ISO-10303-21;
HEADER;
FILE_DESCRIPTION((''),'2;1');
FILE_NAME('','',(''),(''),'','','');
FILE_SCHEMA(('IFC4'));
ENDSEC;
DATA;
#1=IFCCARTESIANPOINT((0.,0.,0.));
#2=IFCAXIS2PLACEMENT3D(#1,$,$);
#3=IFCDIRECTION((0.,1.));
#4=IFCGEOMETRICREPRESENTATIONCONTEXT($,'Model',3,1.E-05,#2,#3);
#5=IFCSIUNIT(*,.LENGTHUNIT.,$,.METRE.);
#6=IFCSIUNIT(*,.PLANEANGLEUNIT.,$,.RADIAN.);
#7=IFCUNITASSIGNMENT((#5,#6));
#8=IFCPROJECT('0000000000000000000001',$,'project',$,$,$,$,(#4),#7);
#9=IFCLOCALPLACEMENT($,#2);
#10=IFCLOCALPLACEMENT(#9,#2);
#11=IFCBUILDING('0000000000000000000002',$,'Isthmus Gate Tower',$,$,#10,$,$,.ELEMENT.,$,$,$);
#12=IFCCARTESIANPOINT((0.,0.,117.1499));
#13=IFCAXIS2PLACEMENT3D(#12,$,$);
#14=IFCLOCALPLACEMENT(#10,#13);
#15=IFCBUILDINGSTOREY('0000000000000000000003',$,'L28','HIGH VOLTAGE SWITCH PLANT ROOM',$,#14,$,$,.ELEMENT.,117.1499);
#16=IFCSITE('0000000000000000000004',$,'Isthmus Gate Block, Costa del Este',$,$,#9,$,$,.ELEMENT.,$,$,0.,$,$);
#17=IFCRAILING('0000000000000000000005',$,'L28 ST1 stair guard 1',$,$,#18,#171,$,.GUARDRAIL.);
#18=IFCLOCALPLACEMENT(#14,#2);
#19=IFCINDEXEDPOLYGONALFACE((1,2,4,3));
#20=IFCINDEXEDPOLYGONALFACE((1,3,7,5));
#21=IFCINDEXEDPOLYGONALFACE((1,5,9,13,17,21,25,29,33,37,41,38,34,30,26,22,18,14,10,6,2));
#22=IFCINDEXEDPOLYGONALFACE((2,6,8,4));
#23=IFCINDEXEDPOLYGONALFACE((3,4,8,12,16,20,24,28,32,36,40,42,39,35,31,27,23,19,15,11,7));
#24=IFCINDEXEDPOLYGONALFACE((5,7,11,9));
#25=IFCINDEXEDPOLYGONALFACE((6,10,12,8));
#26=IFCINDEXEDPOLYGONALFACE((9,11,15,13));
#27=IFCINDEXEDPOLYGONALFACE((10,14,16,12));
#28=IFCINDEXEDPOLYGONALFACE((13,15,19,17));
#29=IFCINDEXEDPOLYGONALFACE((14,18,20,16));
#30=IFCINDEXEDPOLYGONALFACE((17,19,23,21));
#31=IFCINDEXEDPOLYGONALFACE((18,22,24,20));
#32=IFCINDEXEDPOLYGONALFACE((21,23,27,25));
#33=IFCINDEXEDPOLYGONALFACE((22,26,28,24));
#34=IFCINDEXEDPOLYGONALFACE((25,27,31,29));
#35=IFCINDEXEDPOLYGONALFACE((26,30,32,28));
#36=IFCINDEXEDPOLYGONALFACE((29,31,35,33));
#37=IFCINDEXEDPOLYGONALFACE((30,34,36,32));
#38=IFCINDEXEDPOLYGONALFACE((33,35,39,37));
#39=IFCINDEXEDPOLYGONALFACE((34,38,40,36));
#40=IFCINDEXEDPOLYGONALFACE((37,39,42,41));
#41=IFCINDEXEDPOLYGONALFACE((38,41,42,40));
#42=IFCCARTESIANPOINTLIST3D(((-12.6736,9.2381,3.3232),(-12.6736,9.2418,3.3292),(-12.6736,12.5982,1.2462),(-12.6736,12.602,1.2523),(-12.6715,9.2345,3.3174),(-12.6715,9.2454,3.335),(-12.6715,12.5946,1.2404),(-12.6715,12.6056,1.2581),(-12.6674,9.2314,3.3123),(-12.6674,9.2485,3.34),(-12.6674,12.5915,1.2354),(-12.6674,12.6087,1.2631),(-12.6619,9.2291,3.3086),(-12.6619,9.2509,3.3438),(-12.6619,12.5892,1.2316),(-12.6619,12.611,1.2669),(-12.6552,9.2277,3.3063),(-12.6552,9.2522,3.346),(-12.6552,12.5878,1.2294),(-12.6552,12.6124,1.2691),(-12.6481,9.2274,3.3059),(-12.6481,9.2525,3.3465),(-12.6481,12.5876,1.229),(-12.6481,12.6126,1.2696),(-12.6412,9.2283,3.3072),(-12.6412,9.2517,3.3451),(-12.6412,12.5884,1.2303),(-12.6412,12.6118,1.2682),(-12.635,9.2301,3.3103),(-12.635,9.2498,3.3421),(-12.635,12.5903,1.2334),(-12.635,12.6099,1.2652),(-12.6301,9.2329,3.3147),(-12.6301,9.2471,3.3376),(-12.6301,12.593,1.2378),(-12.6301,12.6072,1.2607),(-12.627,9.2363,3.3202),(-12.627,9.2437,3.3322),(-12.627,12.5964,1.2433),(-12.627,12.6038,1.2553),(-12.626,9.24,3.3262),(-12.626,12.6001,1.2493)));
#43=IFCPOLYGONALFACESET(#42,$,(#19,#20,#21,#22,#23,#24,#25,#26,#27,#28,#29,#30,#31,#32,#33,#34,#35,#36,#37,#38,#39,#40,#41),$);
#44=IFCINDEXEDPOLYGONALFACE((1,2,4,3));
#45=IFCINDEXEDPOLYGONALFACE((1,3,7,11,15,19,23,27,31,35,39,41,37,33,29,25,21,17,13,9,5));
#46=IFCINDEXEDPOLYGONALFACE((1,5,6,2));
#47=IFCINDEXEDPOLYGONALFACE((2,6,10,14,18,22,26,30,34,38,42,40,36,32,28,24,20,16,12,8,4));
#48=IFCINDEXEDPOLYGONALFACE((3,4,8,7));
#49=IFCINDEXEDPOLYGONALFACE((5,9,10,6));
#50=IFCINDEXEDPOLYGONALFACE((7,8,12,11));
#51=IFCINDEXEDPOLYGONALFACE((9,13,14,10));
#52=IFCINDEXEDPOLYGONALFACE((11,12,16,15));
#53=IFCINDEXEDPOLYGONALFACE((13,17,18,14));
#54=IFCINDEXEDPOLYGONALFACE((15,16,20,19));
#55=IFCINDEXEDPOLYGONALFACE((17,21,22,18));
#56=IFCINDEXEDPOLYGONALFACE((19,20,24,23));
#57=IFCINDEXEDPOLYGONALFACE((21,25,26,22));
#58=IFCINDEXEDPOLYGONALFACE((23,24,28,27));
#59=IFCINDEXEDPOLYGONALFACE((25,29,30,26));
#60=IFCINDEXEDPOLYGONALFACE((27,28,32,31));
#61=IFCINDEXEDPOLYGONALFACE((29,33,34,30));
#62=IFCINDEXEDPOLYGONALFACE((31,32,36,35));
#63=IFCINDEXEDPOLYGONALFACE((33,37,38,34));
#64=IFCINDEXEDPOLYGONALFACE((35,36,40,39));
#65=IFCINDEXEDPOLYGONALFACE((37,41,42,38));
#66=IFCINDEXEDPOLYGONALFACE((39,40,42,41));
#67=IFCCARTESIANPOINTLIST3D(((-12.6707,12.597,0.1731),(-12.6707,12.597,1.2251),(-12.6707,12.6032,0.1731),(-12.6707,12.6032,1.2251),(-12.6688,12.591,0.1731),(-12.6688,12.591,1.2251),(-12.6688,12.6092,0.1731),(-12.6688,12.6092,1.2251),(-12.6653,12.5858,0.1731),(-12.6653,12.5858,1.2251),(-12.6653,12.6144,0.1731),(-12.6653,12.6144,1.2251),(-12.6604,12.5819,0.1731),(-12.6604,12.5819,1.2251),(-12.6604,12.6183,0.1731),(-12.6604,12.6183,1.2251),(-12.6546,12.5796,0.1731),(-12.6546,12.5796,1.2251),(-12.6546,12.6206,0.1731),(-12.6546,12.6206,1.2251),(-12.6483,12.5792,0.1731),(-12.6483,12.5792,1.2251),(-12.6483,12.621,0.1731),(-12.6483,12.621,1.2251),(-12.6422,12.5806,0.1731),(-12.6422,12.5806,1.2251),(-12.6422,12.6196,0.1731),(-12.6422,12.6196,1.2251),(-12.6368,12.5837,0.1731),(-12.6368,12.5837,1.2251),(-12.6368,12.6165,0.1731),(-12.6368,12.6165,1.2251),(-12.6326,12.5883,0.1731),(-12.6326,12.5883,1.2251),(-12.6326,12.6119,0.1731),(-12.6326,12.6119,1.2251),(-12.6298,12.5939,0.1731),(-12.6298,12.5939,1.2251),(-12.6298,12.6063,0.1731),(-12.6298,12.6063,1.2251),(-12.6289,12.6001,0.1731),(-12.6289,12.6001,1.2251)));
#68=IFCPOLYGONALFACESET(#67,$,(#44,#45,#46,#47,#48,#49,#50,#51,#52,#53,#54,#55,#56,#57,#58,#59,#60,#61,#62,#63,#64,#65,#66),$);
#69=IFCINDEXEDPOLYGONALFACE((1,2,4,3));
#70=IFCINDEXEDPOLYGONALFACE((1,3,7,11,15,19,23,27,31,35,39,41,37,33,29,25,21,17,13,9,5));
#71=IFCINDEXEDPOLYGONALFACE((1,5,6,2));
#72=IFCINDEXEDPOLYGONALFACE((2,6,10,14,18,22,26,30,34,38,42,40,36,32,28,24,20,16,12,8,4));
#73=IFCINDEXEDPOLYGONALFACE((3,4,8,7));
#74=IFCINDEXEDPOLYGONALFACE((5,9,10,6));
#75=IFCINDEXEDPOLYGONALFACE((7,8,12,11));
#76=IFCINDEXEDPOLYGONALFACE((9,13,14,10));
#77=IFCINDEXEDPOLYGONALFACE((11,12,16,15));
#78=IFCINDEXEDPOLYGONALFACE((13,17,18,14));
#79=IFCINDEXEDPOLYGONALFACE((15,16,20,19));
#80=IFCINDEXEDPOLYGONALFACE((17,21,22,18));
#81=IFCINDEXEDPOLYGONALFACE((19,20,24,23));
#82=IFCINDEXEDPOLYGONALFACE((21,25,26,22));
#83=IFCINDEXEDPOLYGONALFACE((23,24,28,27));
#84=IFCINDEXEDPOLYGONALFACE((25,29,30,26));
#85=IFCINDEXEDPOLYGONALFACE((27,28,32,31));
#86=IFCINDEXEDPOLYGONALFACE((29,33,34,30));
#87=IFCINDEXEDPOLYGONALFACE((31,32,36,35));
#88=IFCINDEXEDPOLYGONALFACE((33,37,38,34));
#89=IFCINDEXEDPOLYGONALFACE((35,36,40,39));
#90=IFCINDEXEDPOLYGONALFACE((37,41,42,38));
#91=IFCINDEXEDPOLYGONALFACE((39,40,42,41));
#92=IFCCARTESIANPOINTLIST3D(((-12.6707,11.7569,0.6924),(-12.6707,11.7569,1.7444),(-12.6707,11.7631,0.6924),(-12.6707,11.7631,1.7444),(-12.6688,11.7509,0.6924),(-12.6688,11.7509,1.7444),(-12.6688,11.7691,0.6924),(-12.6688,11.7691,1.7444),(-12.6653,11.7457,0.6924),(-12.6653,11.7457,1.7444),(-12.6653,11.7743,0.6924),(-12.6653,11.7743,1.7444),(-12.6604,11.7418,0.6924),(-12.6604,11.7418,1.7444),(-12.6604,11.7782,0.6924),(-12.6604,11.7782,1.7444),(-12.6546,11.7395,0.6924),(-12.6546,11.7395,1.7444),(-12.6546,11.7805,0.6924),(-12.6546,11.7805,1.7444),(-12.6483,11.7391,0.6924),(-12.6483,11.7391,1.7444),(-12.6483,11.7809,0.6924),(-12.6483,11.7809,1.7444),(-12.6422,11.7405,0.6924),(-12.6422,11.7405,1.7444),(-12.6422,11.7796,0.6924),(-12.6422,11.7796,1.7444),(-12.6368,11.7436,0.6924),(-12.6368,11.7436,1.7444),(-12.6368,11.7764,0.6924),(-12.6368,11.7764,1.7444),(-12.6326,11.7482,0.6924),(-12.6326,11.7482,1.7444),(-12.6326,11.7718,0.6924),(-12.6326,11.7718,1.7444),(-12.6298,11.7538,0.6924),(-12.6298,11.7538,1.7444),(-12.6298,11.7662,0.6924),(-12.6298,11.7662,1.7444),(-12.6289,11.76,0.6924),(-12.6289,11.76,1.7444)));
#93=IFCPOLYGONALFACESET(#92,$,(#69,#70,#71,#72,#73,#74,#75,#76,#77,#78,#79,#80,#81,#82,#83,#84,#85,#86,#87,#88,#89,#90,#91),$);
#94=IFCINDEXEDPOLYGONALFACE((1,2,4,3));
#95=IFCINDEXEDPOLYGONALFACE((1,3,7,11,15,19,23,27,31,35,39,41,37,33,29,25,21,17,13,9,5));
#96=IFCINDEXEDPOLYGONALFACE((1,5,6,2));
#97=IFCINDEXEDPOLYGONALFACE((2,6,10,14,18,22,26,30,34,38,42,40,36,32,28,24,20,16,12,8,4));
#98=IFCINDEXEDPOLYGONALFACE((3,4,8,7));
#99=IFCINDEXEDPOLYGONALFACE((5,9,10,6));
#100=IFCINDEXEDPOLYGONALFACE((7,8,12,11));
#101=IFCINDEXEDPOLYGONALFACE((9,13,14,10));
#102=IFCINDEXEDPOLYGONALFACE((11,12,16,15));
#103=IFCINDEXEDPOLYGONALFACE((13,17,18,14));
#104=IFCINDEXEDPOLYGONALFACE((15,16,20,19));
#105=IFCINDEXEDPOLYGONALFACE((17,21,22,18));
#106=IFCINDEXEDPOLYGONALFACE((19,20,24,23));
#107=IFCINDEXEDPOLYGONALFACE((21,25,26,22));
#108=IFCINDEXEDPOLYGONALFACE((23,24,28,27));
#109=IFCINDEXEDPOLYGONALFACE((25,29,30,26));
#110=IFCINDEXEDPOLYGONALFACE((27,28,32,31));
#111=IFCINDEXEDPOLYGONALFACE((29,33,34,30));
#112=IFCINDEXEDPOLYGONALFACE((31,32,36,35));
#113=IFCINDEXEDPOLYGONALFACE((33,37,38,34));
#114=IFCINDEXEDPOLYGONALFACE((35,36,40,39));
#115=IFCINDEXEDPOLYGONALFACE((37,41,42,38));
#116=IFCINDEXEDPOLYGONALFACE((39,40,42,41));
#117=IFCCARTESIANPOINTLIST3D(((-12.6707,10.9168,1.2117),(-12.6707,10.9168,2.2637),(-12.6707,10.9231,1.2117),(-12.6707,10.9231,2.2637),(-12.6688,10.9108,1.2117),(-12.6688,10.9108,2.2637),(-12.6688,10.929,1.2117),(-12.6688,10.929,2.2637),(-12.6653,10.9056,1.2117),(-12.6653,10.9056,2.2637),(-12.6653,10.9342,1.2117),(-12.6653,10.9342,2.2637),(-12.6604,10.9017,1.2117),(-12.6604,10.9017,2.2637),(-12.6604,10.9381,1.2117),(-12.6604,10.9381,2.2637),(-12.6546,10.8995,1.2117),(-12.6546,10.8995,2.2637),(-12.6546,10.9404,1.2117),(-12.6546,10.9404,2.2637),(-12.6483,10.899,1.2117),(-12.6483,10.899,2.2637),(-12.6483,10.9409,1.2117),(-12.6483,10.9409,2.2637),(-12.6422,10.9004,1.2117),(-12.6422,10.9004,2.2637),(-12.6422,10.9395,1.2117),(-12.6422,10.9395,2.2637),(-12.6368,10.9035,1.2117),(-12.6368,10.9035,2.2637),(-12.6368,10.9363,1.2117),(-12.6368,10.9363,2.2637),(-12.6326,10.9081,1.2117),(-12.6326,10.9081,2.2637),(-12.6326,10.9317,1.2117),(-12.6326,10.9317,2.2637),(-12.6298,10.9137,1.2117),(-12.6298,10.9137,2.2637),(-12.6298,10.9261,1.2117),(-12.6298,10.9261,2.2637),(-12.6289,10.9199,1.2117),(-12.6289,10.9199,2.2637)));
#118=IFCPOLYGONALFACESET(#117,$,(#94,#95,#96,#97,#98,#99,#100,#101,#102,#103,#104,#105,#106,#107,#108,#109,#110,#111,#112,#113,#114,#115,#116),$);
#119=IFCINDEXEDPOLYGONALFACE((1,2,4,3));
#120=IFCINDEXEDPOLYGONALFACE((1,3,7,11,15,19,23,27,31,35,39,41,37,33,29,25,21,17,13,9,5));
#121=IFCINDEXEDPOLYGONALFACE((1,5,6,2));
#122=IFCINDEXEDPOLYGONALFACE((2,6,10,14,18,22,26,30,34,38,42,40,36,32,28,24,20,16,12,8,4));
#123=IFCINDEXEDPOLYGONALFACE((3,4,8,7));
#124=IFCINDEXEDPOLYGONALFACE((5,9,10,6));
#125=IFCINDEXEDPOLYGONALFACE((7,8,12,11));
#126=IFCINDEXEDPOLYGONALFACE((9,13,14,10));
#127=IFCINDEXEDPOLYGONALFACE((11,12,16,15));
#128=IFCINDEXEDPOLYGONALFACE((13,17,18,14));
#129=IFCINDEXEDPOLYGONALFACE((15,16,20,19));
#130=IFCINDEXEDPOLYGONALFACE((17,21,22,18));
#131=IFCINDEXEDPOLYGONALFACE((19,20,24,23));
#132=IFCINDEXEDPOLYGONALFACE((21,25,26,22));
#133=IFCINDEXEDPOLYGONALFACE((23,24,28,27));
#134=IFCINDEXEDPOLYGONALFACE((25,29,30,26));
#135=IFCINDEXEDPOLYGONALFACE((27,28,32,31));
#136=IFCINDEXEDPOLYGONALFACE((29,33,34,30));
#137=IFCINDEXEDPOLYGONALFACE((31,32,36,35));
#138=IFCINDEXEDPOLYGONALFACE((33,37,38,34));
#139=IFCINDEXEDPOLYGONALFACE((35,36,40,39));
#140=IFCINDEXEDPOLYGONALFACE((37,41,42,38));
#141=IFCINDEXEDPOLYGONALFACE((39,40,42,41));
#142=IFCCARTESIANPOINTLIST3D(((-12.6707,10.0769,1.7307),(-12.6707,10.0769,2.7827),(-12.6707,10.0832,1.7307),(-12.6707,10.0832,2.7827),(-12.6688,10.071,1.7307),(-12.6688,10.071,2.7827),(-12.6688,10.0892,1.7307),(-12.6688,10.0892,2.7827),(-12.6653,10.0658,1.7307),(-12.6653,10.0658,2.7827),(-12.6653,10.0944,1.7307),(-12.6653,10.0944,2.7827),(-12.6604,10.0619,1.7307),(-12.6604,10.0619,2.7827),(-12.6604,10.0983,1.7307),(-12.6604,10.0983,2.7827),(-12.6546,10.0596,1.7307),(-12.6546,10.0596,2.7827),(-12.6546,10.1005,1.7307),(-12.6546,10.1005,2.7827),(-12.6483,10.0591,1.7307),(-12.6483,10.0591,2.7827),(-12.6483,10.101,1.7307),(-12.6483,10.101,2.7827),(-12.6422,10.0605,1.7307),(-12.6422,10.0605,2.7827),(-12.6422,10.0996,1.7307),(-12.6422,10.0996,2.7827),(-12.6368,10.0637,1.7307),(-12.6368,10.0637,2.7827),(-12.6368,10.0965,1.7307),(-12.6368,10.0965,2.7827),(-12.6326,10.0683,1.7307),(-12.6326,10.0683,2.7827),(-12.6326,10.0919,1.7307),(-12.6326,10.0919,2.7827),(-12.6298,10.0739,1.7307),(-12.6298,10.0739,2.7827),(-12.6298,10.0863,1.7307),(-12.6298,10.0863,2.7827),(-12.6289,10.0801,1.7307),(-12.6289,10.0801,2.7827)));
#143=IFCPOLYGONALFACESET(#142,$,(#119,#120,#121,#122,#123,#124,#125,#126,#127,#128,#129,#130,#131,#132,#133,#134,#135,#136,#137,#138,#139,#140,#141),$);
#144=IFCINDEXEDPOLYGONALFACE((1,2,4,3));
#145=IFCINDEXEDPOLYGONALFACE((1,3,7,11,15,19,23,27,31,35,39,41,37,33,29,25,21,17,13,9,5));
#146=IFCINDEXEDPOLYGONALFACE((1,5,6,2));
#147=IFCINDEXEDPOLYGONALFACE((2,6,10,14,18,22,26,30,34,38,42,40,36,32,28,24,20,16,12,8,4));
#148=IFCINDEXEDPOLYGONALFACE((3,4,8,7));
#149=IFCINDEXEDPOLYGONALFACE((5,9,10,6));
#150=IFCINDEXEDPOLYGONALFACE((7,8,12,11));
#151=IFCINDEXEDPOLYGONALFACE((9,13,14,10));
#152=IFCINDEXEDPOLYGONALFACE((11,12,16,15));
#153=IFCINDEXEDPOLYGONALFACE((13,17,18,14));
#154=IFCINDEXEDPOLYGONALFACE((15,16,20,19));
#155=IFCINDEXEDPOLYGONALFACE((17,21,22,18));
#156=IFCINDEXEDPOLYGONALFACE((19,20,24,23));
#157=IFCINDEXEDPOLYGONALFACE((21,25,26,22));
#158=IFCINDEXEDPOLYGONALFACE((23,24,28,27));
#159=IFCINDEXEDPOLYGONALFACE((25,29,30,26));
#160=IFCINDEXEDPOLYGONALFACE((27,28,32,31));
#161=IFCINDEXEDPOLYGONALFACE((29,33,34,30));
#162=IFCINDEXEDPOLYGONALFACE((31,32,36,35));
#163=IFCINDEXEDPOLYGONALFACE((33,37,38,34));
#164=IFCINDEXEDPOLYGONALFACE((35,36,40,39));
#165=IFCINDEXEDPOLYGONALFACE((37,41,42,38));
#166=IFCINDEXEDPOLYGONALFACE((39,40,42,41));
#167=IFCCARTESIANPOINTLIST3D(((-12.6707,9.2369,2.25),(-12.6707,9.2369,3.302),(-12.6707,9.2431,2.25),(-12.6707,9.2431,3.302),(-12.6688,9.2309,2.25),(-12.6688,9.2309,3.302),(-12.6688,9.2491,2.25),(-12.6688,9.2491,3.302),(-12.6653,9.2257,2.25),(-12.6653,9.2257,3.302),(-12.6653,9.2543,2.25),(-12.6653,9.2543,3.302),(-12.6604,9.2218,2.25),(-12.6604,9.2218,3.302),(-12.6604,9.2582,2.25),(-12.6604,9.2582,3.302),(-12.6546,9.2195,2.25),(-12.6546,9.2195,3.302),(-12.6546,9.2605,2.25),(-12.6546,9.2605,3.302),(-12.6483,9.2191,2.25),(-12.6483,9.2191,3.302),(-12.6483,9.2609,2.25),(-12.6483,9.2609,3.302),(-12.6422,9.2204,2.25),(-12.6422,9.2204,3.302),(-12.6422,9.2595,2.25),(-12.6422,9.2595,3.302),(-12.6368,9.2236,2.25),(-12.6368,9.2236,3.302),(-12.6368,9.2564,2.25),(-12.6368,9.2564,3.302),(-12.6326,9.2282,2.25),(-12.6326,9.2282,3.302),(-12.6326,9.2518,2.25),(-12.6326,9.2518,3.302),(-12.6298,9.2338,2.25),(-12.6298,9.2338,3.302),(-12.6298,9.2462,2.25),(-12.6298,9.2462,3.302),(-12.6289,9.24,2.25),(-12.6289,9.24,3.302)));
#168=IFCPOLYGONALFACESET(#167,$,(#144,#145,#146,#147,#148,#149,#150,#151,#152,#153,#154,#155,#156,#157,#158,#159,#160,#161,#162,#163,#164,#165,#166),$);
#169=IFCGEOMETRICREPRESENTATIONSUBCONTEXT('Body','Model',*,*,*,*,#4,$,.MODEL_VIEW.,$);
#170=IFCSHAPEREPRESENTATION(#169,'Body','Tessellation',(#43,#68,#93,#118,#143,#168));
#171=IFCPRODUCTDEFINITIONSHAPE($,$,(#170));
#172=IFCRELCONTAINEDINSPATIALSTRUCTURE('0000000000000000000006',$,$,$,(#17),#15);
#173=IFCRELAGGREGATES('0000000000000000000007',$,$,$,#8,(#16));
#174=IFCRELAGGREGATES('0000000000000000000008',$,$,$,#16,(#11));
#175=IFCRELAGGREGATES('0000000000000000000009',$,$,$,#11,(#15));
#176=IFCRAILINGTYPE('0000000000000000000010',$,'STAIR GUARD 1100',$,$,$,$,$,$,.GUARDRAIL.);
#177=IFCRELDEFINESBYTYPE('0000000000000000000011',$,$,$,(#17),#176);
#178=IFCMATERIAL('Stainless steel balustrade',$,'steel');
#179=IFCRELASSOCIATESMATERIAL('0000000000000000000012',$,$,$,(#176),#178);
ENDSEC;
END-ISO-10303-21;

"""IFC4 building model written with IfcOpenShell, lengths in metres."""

from ifc_helpers import new_model, si_unit, direction, frame, origin, origin_2d, place, context, subcontext, project, spatial, circle, extrude, material, type_object, element, save


model = new_model("IFC4")

# Units and contexts
model_context = context("Model", 3, precision=1e-05, world=origin(), true_north=direction((0.0, 1.0)))
body_context = subcontext(model_context, "Body", "Model", "MODEL_VIEW")
ifc_project = project(units=[si_unit("LENGTHUNIT", "METRE"), si_unit("PLANEANGLEUNIT", "RADIAN")], contexts=[model_context])

# Site, building, storey
site_placement = place(None, origin())
site = spatial("IfcSite", under=ifc_project, at=site_placement, Name="Isthmus Gate Block, Costa del Este", CompositionType="ELEMENT", RefElevation=0.0)
building_placement = place(site_placement, origin())
building = spatial("IfcBuilding", under=site, at=building_placement, Name="Isthmus Gate Tower", CompositionType="ELEMENT")
storey_placement = place(building_placement, frame((0.0, 0.0, 117.1499)))
storey = spatial("IfcBuildingStorey", under=building, at=storey_placement, Name="L28", Description="HIGH VOLTAGE SWITCH PLANT ROOM", CompositionType="ELEMENT", Elevation=117.1499)

# Railing
ifc_material_1 = material(Name="Stainless steel balustrade", Category="steel")
railing_type_1 = type_object("IfcRailingType", Name="STAIR GUARD 1100", PredefinedType="GUARDRAIL", material=ifc_material_1)
railing_1_placement = place(storey_placement, frame((-12.6499, 12.6001, 0.1731)))
element("IfcRailing", 1, at=railing_1_placement, inside=storey, type_object=railing_type_1, Name="L28 ST1 stair guard 1", PredefinedType="GUARDRAIL", context=body_context, shape_type="SweptSolid", body=[
    extrude(circle(Radius=0.0239, at=origin_2d()), frame((0.0, 0.0, 1.0762), z_axis=(0.0, -0.850623, 0.525776), x_axis=(1.0, 0.0, 0.0)), (0.0, 0.0, 1.0), 3.9502),
    extrude(circle(Radius=0.021, at=origin_2d()), origin(), (0.0, 0.0, 1.0), 1.052),
    extrude(circle(Radius=0.021, at=origin_2d()), frame((0.0, -0.8401, 0.5193)), (0.0, 0.0, 1.0), 1.052),
    extrude(circle(Radius=0.021, at=origin_2d()), frame((0.0, -1.6802, 1.0386)), (0.0, 0.0, 1.0), 1.052),
    extrude(circle(Radius=0.021, at=origin_2d()), frame((0.0, -2.52, 1.5576)), (0.0, 0.0, 1.0), 1.052),
    extrude(circle(Radius=0.021, at=origin_2d()), frame((0.0, -3.3601, 2.0769)), (0.0, 0.0, 1.0), 1.052),
])

save(model, "model.ifc")
